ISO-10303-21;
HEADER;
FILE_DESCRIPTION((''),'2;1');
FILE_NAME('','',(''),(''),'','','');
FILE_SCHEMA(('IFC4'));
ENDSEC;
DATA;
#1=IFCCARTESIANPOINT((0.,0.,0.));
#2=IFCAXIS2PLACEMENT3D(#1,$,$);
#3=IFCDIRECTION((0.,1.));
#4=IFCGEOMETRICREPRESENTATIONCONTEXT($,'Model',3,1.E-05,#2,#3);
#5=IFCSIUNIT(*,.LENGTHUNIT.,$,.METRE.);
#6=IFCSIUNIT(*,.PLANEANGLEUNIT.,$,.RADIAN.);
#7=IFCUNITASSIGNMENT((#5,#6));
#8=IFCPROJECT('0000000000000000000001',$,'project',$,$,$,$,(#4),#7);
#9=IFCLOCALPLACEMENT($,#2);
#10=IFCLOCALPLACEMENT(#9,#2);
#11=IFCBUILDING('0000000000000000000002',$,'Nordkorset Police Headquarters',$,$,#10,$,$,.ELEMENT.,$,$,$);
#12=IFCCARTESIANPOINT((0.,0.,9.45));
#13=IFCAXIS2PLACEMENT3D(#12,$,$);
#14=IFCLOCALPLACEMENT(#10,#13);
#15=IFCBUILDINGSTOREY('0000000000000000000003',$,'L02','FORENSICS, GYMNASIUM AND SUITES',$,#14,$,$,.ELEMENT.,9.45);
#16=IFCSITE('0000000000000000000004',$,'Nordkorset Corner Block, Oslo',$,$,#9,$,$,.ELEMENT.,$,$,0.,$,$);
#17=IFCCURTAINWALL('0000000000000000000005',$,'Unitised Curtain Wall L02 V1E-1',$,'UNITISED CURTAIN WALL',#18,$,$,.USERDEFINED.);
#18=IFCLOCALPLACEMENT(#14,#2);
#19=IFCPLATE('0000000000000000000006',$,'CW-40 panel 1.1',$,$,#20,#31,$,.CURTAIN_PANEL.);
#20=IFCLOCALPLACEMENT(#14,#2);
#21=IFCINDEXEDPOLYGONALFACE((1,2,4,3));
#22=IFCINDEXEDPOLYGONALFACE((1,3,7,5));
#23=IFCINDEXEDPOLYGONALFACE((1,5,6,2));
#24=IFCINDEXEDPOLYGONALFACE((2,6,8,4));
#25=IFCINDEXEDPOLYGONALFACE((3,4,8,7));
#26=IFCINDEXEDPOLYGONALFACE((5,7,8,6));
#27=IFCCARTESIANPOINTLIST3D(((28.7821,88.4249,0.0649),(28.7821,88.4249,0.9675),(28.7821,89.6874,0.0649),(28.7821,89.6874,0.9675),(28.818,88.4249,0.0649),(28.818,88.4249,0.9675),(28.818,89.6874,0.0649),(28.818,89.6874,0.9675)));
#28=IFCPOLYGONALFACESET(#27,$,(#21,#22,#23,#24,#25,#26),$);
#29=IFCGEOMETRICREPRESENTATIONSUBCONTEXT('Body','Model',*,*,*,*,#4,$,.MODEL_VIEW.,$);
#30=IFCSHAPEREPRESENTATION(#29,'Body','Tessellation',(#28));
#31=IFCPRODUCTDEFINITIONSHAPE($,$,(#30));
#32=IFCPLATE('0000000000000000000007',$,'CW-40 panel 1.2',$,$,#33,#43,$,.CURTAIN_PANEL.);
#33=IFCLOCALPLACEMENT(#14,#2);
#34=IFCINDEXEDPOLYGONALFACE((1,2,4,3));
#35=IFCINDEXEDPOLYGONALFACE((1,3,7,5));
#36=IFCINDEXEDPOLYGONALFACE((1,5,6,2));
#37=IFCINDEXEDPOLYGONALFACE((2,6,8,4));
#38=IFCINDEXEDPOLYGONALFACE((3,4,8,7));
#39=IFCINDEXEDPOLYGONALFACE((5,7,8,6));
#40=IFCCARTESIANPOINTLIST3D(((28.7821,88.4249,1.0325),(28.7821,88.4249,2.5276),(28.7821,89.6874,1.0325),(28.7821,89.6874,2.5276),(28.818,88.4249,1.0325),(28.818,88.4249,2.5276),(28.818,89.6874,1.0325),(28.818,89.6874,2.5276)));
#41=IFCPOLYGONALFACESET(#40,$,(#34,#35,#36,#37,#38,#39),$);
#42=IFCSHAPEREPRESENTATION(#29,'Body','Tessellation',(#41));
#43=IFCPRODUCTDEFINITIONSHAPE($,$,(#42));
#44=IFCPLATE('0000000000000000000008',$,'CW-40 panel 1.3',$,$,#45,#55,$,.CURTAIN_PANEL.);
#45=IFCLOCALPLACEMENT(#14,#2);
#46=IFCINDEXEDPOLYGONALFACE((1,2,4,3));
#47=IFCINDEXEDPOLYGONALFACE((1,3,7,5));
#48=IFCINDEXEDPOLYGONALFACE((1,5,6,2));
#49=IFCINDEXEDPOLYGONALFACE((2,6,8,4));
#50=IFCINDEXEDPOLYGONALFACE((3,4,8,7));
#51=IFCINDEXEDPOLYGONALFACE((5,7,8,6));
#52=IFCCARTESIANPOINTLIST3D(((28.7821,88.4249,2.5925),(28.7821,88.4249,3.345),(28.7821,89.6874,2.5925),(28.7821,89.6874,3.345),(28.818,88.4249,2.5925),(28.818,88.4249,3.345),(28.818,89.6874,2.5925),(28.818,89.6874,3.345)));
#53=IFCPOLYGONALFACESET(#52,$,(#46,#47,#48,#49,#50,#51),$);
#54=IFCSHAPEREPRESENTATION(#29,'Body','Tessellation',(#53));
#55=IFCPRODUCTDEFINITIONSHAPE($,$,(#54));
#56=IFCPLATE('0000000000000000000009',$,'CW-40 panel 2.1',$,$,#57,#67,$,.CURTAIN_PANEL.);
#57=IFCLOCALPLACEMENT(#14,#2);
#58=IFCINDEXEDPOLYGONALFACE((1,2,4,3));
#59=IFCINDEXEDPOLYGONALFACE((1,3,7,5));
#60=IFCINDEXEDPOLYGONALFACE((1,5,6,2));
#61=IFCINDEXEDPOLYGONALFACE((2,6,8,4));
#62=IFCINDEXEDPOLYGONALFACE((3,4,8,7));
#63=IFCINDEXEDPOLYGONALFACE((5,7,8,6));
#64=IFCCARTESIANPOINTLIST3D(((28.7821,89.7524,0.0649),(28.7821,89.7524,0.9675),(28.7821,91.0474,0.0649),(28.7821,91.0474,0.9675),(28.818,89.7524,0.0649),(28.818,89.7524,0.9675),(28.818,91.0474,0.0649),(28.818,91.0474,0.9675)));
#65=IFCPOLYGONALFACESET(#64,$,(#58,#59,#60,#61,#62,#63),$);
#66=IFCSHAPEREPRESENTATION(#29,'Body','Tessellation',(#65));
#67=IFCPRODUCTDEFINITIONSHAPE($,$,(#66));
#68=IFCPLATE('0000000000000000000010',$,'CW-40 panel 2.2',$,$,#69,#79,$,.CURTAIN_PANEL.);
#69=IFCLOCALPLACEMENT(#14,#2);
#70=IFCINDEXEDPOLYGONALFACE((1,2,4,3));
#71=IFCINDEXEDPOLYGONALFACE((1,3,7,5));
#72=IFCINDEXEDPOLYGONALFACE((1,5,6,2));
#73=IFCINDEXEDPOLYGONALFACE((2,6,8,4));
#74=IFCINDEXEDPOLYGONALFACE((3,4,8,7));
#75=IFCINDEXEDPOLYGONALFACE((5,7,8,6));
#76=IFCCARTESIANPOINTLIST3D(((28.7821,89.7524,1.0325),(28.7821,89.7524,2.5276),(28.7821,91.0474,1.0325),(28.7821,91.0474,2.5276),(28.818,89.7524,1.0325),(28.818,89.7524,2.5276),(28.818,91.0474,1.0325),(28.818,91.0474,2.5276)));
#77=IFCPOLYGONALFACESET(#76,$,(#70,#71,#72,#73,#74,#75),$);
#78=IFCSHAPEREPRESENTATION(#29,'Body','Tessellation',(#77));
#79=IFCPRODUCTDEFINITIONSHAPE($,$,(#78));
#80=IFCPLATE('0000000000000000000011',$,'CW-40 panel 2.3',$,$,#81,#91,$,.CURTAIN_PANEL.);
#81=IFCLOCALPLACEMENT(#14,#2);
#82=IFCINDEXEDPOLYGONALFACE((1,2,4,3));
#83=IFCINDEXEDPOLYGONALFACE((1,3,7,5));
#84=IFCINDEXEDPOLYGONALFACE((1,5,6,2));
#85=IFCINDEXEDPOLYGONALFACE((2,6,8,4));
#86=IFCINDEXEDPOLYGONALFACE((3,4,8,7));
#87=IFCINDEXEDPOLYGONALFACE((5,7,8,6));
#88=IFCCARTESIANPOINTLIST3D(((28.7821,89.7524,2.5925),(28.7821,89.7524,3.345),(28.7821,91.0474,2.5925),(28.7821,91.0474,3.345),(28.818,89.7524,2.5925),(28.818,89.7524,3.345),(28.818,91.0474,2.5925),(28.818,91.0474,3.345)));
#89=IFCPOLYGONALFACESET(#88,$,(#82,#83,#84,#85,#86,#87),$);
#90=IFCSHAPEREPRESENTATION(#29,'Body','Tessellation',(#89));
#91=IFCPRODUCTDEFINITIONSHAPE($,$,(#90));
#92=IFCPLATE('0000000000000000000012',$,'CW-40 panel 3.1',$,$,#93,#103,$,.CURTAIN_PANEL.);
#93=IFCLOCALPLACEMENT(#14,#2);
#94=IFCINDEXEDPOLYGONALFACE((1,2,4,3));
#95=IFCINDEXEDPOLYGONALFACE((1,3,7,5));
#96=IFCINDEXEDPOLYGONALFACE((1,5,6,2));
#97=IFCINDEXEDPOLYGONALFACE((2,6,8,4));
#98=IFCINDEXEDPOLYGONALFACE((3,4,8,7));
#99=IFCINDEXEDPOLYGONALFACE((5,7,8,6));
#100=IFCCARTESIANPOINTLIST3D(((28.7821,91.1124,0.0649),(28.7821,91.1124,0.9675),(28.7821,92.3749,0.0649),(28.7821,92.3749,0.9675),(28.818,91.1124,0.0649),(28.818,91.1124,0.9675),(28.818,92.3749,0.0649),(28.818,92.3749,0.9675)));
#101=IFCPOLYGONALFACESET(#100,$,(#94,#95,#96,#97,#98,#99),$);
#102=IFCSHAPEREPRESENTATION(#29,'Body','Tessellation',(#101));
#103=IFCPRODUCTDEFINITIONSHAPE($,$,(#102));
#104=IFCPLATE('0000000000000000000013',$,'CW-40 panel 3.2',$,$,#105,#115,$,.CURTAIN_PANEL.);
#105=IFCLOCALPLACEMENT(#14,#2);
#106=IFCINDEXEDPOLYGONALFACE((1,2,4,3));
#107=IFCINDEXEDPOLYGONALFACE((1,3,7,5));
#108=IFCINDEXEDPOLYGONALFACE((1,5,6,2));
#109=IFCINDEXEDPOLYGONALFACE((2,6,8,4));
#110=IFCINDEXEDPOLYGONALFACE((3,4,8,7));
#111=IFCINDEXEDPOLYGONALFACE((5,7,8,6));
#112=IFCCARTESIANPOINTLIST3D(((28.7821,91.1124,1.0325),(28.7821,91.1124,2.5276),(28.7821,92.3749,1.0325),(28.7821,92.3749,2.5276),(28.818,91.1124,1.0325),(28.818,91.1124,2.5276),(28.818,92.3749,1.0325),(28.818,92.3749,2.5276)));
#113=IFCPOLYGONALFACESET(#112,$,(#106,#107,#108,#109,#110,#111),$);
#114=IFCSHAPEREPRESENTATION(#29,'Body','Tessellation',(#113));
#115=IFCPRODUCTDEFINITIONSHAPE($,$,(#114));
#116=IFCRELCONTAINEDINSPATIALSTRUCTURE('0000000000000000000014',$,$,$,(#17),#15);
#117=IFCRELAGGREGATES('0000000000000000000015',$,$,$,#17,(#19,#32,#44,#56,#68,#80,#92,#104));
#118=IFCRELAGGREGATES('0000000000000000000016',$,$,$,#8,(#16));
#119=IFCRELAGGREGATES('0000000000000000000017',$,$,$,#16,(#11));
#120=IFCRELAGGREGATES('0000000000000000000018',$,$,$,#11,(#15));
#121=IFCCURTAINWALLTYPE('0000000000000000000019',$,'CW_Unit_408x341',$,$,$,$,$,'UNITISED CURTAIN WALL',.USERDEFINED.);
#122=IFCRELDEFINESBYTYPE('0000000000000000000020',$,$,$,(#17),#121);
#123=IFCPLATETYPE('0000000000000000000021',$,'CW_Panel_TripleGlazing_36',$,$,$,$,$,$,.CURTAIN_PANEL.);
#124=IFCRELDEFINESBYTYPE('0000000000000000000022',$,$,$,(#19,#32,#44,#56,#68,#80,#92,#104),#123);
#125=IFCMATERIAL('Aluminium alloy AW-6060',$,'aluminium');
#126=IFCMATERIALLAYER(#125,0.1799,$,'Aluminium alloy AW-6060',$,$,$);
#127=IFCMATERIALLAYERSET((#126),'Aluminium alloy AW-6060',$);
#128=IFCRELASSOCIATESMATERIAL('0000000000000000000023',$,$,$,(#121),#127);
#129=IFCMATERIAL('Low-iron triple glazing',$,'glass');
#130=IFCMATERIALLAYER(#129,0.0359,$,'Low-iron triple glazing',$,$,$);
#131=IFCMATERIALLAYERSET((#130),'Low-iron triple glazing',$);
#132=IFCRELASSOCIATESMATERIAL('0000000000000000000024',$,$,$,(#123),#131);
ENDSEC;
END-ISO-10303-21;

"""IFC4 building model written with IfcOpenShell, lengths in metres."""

from ifc_helpers import new_model, si_unit, direction, frame, origin, origin_2d, place, context, subcontext, project, spatial, rectangle, extrude, material, layer, layer_set, type_object, element, aggregate, save


model = new_model("IFC4")

# Units and contexts
model_context = context("Model", 3, precision=1e-05, world=origin(), true_north=direction((0.0, 1.0)))
body_context = subcontext(model_context, "Body", "Model", "MODEL_VIEW")
ifc_project = project(units=[si_unit("LENGTHUNIT", "METRE"), si_unit("PLANEANGLEUNIT", "RADIAN")], contexts=[model_context])

# Site, building, storey
site_placement = place(None, origin())
site = spatial("IfcSite", under=ifc_project, at=site_placement, Name="Nordkorset Corner Block, Oslo", CompositionType="ELEMENT", RefElevation=0.0)
building_placement = place(site_placement, origin())
building = spatial("IfcBuilding", under=site, at=building_placement, Name="Nordkorset Police Headquarters", CompositionType="ELEMENT")
storey_placement = place(building_placement, frame((0.0, 0.0, 9.45)))
storey = spatial("IfcBuildingStorey", under=building, at=storey_placement, Name="L02", Description="FORENSICS, GYMNASIUM AND SUITES", CompositionType="ELEMENT", Elevation=9.45)

# Curtain wall, plates
ifc_material_1 = material(Name="Aluminium alloy AW-6060", Category="aluminium")
ifc_layer_1 = layer(ifc_material_1, 0.1799, Name="Aluminium alloy AW-6060")
ifc_layer_set_1 = layer_set([ifc_layer_1], Name="Aluminium alloy AW-6060")
curtain_wall_type = type_object("IfcCurtainWallType", Name="CW_Unit_408x341", ElementType="UNITISED CURTAIN WALL", PredefinedType="USERDEFINED", material=ifc_layer_set_1)
curtain_wall_placement = place(storey_placement, origin())
curtain_wall = element("IfcCurtainWall", 1, at=curtain_wall_placement, inside=storey, type_object=curtain_wall_type, Name="Unitised Curtain Wall L02 V1E-1", ObjectType="UNITISED CURTAIN WALL", PredefinedType="USERDEFINED")
ifc_material_2 = material(Name="Low-iron triple glazing", Category="glass")
ifc_layer_2 = layer(ifc_material_2, 0.0359, Name="Low-iron triple glazing")
ifc_layer_set_2 = layer_set([ifc_layer_2], Name="Low-iron triple glazing")
plate_type = type_object("IfcPlateType", Name="CW_Panel_TripleGlazing_36", PredefinedType="CURTAIN_PANEL", material=ifc_layer_set_2)
plate_1_placement = place(storey_placement, frame((28.8, 89.0562, 0.0649), z_axis=(0.0, 0.0, 1.0), x_axis=(0.0, 1.0, 0.0)))
plate_1 = element("IfcPlate", 2, at=plate_1_placement, type_object=plate_type, Name="CW-40 panel 1.1", PredefinedType="CURTAIN_PANEL", context=body_context, shape_type="SweptSolid", body=[
    extrude(rectangle(XDim=1.2625, YDim=0.0359, at=origin_2d()), origin(), (0.0, 0.0, 1.0), 0.9026),
])
plate_2_placement = place(storey_placement, frame((28.8, 89.0562, 1.0325), z_axis=(0.0, 0.0, 1.0), x_axis=(0.0, 1.0, 0.0)))
plate_2 = element("IfcPlate", 3, at=plate_2_placement, type_object=plate_type, Name="CW-40 panel 1.2", PredefinedType="CURTAIN_PANEL", context=body_context, shape_type="SweptSolid", body=[
    extrude(rectangle(XDim=1.2625, YDim=0.0359, at=origin_2d()), origin(), (0.0, 0.0, 1.0), 1.4951),
])
plate_3_placement = place(storey_placement, frame((28.8, 89.0562, 2.5925), z_axis=(0.0, 0.0, 1.0), x_axis=(0.0, 1.0, 0.0)))
plate_3 = element("IfcPlate", 4, at=plate_3_placement, type_object=plate_type, Name="CW-40 panel 1.3", PredefinedType="CURTAIN_PANEL", context=body_context, shape_type="SweptSolid", body=[
    extrude(rectangle(XDim=1.2625, YDim=0.0359, at=origin_2d()), origin(), (0.0, 0.0, 1.0), 0.7524),
])
plate_4_placement = place(storey_placement, frame((28.8, 90.3999, 0.0649), z_axis=(0.0, 0.0, 1.0), x_axis=(0.0, 1.0, 0.0)))
plate_4 = element("IfcPlate", 5, at=plate_4_placement, type_object=plate_type, Name="CW-40 panel 2.1", PredefinedType="CURTAIN_PANEL", context=body_context, shape_type="SweptSolid", body=[
    extrude(rectangle(XDim=1.2949, YDim=0.0359, at=origin_2d()), origin(), (0.0, 0.0, 1.0), 0.9026),
])
plate_5_placement = place(storey_placement, frame((28.8, 90.3999, 1.0325), z_axis=(0.0, 0.0, 1.0), x_axis=(0.0, 1.0, 0.0)))
plate_5 = element("IfcPlate", 6, at=plate_5_placement, type_object=plate_type, Name="CW-40 panel 2.2", PredefinedType="CURTAIN_PANEL", context=body_context, shape_type="SweptSolid", body=[
    extrude(rectangle(XDim=1.2949, YDim=0.0359, at=origin_2d()), origin(), (0.0, 0.0, 1.0), 1.4951),
])
plate_6_placement = place(storey_placement, frame((28.8, 90.3999, 2.5925), z_axis=(0.0, 0.0, 1.0), x_axis=(0.0, 1.0, 0.0)))
plate_6 = element("IfcPlate", 7, at=plate_6_placement, type_object=plate_type, Name="CW-40 panel 2.3", PredefinedType="CURTAIN_PANEL", context=body_context, shape_type="SweptSolid", body=[
    extrude(rectangle(XDim=1.2949, YDim=0.0359, at=origin_2d()), origin(), (0.0, 0.0, 1.0), 0.7524),
])
plate_7_placement = place(storey_placement, frame((28.8, 91.7437, 0.0649), z_axis=(0.0, 0.0, 1.0), x_axis=(0.0, 1.0, 0.0)))
plate_7 = element("IfcPlate", 8, at=plate_7_placement, type_object=plate_type, Name="CW-40 panel 3.1", PredefinedType="CURTAIN_PANEL", context=body_context, shape_type="SweptSolid", body=[
    extrude(rectangle(XDim=1.2625, YDim=0.0359, at=origin_2d()), origin(), (0.0, 0.0, 1.0), 0.9026),
])
plate_8_placement = place(storey_placement, frame((28.8, 91.7437, 1.0325), z_axis=(0.0, 0.0, 1.0), x_axis=(0.0, 1.0, 0.0)))
plate_8 = element("IfcPlate", 9, at=plate_8_placement, type_object=plate_type, Name="CW-40 panel 3.2", PredefinedType="CURTAIN_PANEL", context=body_context, shape_type="SweptSolid", body=[
    extrude(rectangle(XDim=1.2625, YDim=0.0359, at=origin_2d()), origin(), (0.0, 0.0, 1.0), 1.4951),
])
aggregate(curtain_wall, [plate_1, plate_2, plate_3, plate_4, plate_5, plate_6, plate_7, plate_8])

save(model, "model.ifc")
